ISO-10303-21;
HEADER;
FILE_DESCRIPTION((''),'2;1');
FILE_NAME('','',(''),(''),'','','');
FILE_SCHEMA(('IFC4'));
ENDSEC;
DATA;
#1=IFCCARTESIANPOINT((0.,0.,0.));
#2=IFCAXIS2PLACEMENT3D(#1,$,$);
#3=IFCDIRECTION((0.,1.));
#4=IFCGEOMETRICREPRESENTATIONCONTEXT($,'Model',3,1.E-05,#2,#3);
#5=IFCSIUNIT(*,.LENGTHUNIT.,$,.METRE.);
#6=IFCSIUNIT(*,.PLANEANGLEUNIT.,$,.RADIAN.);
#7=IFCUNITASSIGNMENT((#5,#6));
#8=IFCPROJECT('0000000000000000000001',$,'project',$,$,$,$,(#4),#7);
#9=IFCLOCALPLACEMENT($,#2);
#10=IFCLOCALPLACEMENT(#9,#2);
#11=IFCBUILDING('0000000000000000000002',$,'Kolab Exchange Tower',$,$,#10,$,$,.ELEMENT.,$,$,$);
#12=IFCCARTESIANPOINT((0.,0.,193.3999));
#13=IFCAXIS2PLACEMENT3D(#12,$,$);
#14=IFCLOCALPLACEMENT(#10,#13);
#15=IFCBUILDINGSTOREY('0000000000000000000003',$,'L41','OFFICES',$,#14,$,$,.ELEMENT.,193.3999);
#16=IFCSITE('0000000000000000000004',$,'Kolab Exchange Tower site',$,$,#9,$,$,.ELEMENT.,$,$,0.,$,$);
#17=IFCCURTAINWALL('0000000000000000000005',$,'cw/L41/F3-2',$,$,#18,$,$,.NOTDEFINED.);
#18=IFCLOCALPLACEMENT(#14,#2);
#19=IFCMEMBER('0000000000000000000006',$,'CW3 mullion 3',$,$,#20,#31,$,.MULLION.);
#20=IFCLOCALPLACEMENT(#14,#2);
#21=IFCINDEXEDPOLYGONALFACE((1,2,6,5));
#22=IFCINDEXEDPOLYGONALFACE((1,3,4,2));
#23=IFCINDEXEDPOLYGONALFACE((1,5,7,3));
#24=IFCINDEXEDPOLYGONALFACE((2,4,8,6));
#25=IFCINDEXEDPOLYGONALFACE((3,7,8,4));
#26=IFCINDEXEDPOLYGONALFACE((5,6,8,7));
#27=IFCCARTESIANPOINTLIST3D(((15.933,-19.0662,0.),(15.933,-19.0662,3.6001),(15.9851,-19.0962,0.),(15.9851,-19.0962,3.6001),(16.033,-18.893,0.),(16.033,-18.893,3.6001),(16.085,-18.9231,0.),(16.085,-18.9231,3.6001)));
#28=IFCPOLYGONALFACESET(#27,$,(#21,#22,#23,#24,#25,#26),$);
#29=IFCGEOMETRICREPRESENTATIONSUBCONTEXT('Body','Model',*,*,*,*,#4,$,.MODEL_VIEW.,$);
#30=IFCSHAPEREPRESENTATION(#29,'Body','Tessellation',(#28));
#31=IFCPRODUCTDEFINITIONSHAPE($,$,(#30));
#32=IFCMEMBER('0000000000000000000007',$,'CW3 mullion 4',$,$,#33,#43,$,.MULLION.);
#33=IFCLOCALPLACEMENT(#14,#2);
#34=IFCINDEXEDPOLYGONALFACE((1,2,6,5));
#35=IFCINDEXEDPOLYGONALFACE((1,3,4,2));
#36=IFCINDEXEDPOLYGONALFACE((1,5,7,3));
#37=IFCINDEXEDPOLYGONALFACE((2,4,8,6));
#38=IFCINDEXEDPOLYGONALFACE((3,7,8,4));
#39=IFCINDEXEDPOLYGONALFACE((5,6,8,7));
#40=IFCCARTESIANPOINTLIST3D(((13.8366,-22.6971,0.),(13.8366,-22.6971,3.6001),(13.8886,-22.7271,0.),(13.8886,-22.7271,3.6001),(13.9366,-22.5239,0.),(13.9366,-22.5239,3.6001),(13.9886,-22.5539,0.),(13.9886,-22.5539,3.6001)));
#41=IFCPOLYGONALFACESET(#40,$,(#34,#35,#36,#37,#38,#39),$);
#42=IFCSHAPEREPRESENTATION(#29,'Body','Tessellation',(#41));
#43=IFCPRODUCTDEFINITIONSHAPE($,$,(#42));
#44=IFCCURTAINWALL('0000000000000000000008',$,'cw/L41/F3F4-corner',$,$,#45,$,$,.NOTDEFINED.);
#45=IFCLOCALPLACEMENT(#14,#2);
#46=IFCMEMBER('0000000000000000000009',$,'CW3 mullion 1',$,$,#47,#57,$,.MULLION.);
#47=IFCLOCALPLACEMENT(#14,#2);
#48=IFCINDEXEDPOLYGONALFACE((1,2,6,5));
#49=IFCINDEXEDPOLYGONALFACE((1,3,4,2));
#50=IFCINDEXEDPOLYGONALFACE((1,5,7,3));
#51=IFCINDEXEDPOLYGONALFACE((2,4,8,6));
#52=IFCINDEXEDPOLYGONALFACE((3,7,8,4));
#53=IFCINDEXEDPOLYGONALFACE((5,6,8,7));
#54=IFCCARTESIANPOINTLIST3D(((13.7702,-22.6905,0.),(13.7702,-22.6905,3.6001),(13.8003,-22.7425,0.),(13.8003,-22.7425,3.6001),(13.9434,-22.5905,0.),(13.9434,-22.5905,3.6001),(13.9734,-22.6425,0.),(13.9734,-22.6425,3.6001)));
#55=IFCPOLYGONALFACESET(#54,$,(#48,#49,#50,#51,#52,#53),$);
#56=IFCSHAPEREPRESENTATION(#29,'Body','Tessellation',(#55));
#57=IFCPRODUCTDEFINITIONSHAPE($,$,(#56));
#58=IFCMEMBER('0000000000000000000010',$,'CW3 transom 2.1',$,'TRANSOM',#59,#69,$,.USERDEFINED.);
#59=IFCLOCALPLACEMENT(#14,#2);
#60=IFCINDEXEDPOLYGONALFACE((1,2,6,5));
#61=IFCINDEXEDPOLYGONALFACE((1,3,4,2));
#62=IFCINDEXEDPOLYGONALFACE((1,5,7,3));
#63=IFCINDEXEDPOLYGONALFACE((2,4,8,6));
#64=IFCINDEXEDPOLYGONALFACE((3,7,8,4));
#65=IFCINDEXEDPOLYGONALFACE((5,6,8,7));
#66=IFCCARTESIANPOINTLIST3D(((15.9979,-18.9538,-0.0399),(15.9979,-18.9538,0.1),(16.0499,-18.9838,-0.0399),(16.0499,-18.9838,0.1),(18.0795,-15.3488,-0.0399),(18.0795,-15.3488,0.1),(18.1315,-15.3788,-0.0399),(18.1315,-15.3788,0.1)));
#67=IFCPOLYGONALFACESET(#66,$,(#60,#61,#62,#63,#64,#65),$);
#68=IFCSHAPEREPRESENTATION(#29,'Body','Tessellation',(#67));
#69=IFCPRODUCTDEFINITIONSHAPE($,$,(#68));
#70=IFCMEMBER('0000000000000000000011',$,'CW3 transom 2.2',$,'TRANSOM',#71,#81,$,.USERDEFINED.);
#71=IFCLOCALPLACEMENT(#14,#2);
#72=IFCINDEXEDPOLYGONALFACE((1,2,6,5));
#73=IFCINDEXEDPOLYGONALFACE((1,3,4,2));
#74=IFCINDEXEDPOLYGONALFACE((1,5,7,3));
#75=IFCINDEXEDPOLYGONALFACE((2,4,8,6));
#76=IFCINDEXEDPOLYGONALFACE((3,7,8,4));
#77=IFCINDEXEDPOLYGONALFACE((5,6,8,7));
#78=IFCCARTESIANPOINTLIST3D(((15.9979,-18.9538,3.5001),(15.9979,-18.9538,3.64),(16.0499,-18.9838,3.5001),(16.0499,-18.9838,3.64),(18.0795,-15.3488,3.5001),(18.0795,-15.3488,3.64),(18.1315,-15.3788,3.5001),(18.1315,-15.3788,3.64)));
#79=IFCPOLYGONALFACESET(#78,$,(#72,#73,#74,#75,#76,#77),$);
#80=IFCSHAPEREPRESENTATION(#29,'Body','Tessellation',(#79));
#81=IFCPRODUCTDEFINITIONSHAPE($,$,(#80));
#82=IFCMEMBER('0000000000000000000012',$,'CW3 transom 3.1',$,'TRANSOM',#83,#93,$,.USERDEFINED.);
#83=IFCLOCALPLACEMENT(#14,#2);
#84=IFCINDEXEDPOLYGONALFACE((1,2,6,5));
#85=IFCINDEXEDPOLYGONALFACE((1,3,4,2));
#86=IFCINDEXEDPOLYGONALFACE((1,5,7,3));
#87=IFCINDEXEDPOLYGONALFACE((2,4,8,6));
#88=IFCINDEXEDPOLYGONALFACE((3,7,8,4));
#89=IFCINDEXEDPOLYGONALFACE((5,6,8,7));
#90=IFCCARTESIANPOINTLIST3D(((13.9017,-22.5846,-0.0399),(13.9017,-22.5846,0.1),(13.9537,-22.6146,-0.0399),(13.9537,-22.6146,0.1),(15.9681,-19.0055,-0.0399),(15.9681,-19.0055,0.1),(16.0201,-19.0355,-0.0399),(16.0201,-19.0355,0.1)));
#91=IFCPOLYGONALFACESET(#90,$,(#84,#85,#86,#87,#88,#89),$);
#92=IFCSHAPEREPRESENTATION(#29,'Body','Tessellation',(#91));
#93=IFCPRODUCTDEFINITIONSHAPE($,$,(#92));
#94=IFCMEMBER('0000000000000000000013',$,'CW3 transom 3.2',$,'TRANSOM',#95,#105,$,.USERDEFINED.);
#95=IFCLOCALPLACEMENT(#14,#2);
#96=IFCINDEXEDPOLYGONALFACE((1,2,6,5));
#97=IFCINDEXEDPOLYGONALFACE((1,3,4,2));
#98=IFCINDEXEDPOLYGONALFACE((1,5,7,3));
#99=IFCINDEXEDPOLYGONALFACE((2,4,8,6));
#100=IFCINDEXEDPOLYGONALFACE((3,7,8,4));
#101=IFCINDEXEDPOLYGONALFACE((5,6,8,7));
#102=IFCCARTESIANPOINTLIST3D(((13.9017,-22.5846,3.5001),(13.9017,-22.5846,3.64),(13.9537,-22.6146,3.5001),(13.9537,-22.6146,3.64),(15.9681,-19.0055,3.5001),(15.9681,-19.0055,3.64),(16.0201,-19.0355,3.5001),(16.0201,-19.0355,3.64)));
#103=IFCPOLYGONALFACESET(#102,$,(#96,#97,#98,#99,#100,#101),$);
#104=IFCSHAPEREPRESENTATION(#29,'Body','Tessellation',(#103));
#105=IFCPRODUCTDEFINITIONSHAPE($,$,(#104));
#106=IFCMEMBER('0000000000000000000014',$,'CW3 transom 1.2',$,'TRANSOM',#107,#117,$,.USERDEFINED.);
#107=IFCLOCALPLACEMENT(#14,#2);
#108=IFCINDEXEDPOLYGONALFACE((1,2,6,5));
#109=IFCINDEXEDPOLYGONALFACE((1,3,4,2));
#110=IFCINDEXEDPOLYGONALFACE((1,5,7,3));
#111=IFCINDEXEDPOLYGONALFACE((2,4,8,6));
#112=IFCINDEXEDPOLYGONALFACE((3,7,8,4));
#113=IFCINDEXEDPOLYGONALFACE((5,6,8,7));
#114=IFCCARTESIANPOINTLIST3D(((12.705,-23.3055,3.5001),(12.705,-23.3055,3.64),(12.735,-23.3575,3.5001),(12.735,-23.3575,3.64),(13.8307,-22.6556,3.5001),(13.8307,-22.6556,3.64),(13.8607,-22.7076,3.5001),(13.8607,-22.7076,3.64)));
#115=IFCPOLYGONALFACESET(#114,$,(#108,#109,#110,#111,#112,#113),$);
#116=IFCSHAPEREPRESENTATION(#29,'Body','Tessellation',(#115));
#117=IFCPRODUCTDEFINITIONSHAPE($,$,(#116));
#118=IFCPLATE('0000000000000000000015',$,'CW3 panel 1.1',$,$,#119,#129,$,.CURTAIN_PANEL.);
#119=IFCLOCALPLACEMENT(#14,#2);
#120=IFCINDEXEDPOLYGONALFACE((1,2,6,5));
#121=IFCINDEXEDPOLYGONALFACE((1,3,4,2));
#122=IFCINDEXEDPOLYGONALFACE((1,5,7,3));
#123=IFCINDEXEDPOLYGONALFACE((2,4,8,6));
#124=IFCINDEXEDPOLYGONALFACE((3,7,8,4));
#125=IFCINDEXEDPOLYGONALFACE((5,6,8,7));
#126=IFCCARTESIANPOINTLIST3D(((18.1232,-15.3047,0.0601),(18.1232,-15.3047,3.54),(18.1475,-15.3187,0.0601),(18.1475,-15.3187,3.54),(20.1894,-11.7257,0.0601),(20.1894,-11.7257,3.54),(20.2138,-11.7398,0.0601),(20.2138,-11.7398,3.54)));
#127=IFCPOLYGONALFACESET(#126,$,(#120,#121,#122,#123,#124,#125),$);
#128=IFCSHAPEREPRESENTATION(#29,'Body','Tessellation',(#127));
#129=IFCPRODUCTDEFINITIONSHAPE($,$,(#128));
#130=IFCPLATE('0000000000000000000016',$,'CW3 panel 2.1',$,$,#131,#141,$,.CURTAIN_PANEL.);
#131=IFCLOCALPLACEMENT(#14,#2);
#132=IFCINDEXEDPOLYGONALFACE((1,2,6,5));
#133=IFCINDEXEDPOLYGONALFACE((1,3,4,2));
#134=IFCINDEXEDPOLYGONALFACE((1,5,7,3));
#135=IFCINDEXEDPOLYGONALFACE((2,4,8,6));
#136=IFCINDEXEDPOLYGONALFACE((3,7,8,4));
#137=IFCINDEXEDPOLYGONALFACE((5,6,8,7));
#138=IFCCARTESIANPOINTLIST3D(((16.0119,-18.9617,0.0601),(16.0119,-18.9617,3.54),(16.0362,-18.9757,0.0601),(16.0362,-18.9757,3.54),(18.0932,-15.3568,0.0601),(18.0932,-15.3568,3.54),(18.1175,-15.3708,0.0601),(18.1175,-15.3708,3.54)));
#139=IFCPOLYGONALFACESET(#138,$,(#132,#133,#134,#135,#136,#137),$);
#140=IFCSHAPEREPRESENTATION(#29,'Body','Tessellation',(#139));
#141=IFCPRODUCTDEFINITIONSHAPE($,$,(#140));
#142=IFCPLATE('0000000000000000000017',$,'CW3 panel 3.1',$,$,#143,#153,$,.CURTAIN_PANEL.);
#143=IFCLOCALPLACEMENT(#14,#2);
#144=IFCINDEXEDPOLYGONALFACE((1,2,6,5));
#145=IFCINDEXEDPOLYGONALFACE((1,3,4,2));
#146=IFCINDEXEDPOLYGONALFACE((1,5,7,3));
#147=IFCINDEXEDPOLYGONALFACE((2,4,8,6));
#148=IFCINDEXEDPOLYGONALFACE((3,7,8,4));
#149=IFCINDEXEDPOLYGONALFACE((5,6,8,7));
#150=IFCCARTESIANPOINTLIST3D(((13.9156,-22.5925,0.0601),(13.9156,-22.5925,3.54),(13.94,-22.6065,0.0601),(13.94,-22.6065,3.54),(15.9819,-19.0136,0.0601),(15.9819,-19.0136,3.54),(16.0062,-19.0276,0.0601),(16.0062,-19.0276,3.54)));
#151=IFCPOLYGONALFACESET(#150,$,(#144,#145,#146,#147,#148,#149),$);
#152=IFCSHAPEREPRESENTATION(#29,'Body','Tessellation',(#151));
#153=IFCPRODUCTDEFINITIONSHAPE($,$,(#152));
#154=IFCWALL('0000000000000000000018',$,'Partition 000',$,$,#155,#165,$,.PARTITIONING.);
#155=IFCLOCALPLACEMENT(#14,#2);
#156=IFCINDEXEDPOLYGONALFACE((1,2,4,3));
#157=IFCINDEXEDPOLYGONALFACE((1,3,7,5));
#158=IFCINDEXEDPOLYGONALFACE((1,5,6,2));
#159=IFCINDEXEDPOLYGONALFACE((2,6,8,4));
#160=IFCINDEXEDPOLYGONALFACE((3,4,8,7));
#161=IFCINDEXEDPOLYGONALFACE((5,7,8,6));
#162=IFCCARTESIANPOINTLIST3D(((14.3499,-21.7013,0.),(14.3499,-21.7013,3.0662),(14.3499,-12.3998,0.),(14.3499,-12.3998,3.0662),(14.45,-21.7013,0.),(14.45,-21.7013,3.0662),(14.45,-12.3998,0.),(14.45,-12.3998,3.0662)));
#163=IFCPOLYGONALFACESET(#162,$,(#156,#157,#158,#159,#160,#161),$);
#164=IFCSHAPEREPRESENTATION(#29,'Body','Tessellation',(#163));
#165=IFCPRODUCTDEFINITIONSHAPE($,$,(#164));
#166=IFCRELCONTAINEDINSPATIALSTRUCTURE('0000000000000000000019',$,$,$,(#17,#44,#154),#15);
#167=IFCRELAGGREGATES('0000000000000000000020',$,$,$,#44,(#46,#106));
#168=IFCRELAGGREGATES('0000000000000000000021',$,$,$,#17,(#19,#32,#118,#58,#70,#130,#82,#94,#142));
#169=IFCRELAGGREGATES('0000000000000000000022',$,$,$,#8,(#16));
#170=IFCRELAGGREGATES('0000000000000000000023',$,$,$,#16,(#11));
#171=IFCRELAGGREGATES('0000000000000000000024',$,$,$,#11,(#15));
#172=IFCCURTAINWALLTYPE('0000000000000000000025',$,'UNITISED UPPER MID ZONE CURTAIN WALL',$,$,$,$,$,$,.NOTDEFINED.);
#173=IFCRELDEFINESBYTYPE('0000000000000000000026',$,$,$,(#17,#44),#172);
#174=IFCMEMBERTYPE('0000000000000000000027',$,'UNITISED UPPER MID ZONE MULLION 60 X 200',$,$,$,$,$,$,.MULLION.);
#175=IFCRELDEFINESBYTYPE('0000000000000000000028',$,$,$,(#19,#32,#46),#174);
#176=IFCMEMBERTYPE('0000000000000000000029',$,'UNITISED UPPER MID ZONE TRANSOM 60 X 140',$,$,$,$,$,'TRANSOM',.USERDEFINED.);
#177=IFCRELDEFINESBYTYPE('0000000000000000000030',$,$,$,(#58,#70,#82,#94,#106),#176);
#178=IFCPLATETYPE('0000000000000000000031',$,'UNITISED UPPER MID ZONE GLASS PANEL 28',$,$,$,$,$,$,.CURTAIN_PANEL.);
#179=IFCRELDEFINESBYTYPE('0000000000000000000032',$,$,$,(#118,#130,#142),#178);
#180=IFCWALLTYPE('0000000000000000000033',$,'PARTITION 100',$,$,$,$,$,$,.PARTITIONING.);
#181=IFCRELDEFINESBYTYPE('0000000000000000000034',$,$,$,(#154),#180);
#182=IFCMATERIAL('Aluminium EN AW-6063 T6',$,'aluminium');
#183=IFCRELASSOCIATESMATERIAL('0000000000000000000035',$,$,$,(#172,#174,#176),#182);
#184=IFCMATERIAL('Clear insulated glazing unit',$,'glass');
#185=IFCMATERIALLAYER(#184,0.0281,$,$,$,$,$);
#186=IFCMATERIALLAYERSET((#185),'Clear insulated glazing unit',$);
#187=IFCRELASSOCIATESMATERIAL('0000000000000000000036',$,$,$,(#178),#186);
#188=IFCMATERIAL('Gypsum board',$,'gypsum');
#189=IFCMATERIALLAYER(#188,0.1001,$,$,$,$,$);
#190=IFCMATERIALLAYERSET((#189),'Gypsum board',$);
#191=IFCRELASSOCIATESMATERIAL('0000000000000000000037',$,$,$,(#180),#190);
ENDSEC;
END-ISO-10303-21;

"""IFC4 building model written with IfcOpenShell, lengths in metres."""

from ifc_helpers import new_model, si_unit, direction, frame, frame_2d, origin, origin_2d, place, context, subcontext, project, spatial, rectangle, extrude, material, layer, layer_set, material_profile, profile_set, type_object, element, aggregate, save


model = new_model("IFC4")

# Units and contexts
model_context = context("Model", 3, precision=1e-05, world=origin(), true_north=direction((0.0, 1.0)))
body_context = subcontext(model_context, "Body", "Model", "MODEL_VIEW")
ifc_project = project(units=[si_unit("LENGTHUNIT", "METRE"), si_unit("PLANEANGLEUNIT", "RADIAN")], contexts=[model_context])

# Site, building, storey
site_placement = place(None, origin())
site = spatial("IfcSite", under=ifc_project, at=site_placement, Name="Kolab Exchange Tower site", CompositionType="ELEMENT", RefElevation=0.0)
building_placement = place(site_placement, origin())
building = spatial("IfcBuilding", under=site, at=building_placement, Name="Kolab Exchange Tower", CompositionType="ELEMENT")
storey_placement = place(building_placement, frame((0.0, 0.0, 193.3999)))
storey = spatial("IfcBuildingStorey", under=building, at=storey_placement, Name="L41", Description="OFFICES", CompositionType="ELEMENT", Elevation=193.3999)

# Curtain wall, members
ifc_material_1 = material(Name="Aluminium EN AW-6063 T6", Category="aluminium")
curtain_wall_type = type_object("IfcCurtainWallType", Name="UNITISED UPPER MID ZONE CURTAIN WALL", PredefinedType="NOTDEFINED", material=ifc_material_1)
curtain_wall_1_placement = place(storey_placement, origin())
curtain_wall_1 = element("IfcCurtainWall", 1, at=curtain_wall_1_placement, inside=storey, type_object=curtain_wall_type, Name="cw/L41/F3-2", PredefinedType="NOTDEFINED")
ifc_material_profile_1 = material_profile(ifc_material_1, rectangle(XDim=0.0601, YDim=0.2, at=origin_2d()), Name="RECT 60X200")
ifc_profile_set_1 = profile_set([ifc_material_profile_1], Name="Aluminium EN AW-6063 T6")
member_type_1 = type_object("IfcMemberType", Name="UNITISED UPPER MID ZONE MULLION 60 X 200", PredefinedType="MULLION", material=ifc_profile_set_1)
member_1_placement = place(storey_placement, frame((16.009, -18.9946, 0.0), z_axis=(0.0, 0.0, 1.0), x_axis=(0.866025, -0.5, 0.0)))
member_1 = element("IfcMember", 2, at=member_1_placement, type_object=member_type_1, Name="CW3 mullion 3", PredefinedType="MULLION", context=body_context, shape_type="SweptSolid", body=[
    extrude(rectangle(XDim=0.0601, YDim=0.2, at=origin_2d()), origin(), (0.0, 0.0, 1.0), 3.6001),
])
member_2_placement = place(storey_placement, frame((13.9126, -22.6255, 0.0), z_axis=(0.0, 0.0, 1.0), x_axis=(0.866025, -0.5, 0.0)))
member_2 = element("IfcMember", 3, at=member_2_placement, type_object=member_type_1, Name="CW3 mullion 4", PredefinedType="MULLION", context=body_context, shape_type="SweptSolid", body=[
    extrude(rectangle(XDim=0.0601, YDim=0.2, at=origin_2d()), origin(), (0.0, 0.0, 1.0), 3.6001),
])

# Curtain wall, member
curtain_wall_2_placement = place(storey_placement, origin())
curtain_wall_2 = element("IfcCurtainWall", 4, at=curtain_wall_2_placement, inside=storey, type_object=curtain_wall_type, Name="cw/L41/F3F4-corner", PredefinedType="NOTDEFINED")
member_3_placement = place(storey_placement, frame((13.8718, -22.6665, 0.0), z_axis=(0.0, 0.0, 1.0), x_axis=(0.5, -0.866025, 0.0)))
member_3 = element("IfcMember", 5, at=member_3_placement, type_object=member_type_1, Name="CW3 mullion 1", PredefinedType="MULLION", context=body_context, shape_type="SweptSolid", body=[
    extrude(rectangle(XDim=0.0601, YDim=0.2, at=origin_2d()), origin(), (0.0, 0.0, 1.0), 3.6001),
])

# Members
ifc_material_profile_2 = material_profile(ifc_material_1, rectangle(XDim=0.0601, YDim=0.1399, at=origin_2d()), Name="RECT 60X140")
ifc_profile_set_2 = profile_set([ifc_material_profile_2], Name="Aluminium EN AW-6063 T6")
member_type_2 = type_object("IfcMemberType", Name="UNITISED UPPER MID ZONE TRANSOM 60 X 140", ElementType="TRANSOM", PredefinedType="USERDEFINED", material=ifc_profile_set_2)
member_4_placement = place(storey_placement, frame((18.1055, -15.3638, 0.03), z_axis=(-0.500037, -0.866004, 0.0), x_axis=(0.866004, -0.500037, 0.0)))
member_4 = element("IfcMember", 6, at=member_4_placement, type_object=member_type_2, Name="CW3 transom 2.1", ObjectType="TRANSOM", PredefinedType="USERDEFINED", context=body_context, shape_type="SweptSolid", body=[
    extrude(rectangle(XDim=0.0601, YDim=0.1399, at=origin_2d()), origin(), (0.0, 0.0, 1.0), 4.1628),
])
member_5_placement = place(storey_placement, frame((18.1055, -15.3638, 3.5701), z_axis=(-0.500037, -0.866004, 0.0), x_axis=(0.866004, -0.500037, 0.0)))
member_5 = element("IfcMember", 7, at=member_5_placement, type_object=member_type_2, Name="CW3 transom 2.2", ObjectType="TRANSOM", PredefinedType="USERDEFINED", context=body_context, shape_type="SweptSolid", body=[
    extrude(rectangle(XDim=0.0601, YDim=0.1399, at=origin_2d()), origin(), (0.0, 0.0, 1.0), 4.1628),
])
member_6_placement = place(storey_placement, frame((15.9941, -19.0205, 0.03), z_axis=(-0.500002, -0.866024, 0.0), x_axis=(0.866024, -0.500002, 0.0)))
member_6 = element("IfcMember", 8, at=member_6_placement, type_object=member_type_2, Name="CW3 transom 3.1", ObjectType="TRANSOM", PredefinedType="USERDEFINED", context=body_context, shape_type="SweptSolid", body=[
    extrude(rectangle(XDim=0.0601, YDim=0.1399, at=origin_2d()), origin(), (0.0, 0.0, 1.0), 4.1328),
])
member_7_placement = place(storey_placement, frame((15.9941, -19.0205, 3.5701), z_axis=(-0.500002, -0.866024, 0.0), x_axis=(0.866024, -0.500002, 0.0)))
member_7 = element("IfcMember", 9, at=member_7_placement, type_object=member_type_2, Name="CW3 transom 3.2", ObjectType="TRANSOM", PredefinedType="USERDEFINED", context=body_context, shape_type="SweptSolid", body=[
    extrude(rectangle(XDim=0.0601, YDim=0.1399, at=origin_2d()), origin(), (0.0, 0.0, 1.0), 4.1328),
])
member_8_placement = place(storey_placement, frame((13.8457, -22.6816, 3.5701), z_axis=(-0.866039, -0.499977, 0.0), x_axis=(0.499977, -0.866039, 0.0)))
member_8 = element("IfcMember", 10, at=member_8_placement, type_object=member_type_2, Name="CW3 transom 1.2", ObjectType="TRANSOM", PredefinedType="USERDEFINED", context=body_context, shape_type="SweptSolid", body=[
    extrude(rectangle(XDim=0.0601, YDim=0.1399, at=origin_2d()), origin(), (0.0, 0.0, 1.0), 1.2998),
])
aggregate(curtain_wall_2, [member_3, member_8])

# Plates
ifc_material_2 = material(Name="Clear insulated glazing unit", Category="glass")
ifc_layer_1 = layer(ifc_material_2, 0.0281)
ifc_layer_set_1 = layer_set([ifc_layer_1], Name="Clear insulated glazing unit")
plate_type = type_object("IfcPlateType", Name="UNITISED UPPER MID ZONE GLASS PANEL 28", PredefinedType="CURTAIN_PANEL", material=ifc_layer_set_1)
plate_1_placement = place(storey_placement, frame((19.1685, -13.5222, 0.0601), z_axis=(0.0, 0.0, 1.0), x_axis=(-0.5, -0.866025, 0.0)))
plate_1 = element("IfcPlate", 11, at=plate_1_placement, type_object=plate_type, Name="CW3 panel 1.1", PredefinedType="CURTAIN_PANEL", context=body_context, shape_type="SweptSolid", body=[
    extrude(rectangle(XDim=4.1326, YDim=0.0281, at=origin_2d()), origin(), (0.0, 0.0, 1.0), 3.48),
])
plate_2_placement = place(storey_placement, frame((17.0647, -17.1663, 0.0601), z_axis=(0.0, 0.0, 1.0), x_axis=(-0.5, -0.866025, 0.0)))
plate_2 = element("IfcPlate", 12, at=plate_2_placement, type_object=plate_type, Name="CW3 panel 2.1", PredefinedType="CURTAIN_PANEL", context=body_context, shape_type="SweptSolid", body=[
    extrude(rectangle(XDim=4.1626, YDim=0.0281, at=origin_2d()), origin(), (0.0, 0.0, 1.0), 3.48),
])
plate_3_placement = place(storey_placement, frame((14.9609, -20.8101, 0.0601), z_axis=(0.0, 0.0, 1.0), x_axis=(-0.5, -0.866025, 0.0)))
plate_3 = element("IfcPlate", 13, at=plate_3_placement, type_object=plate_type, Name="CW3 panel 3.1", PredefinedType="CURTAIN_PANEL", context=body_context, shape_type="SweptSolid", body=[
    extrude(rectangle(XDim=4.1326, YDim=0.0281, at=origin_2d()), origin(), (0.0, 0.0, 1.0), 3.48),
])
aggregate(curtain_wall_1, [member_1, member_2, plate_1, member_4, member_5, plate_2, member_6, member_7, plate_3])

# Wall
ifc_material_3 = material(Name="Gypsum board", Category="gypsum")
ifc_layer_2 = layer(ifc_material_3, 0.1001)
ifc_layer_set_2 = layer_set([ifc_layer_2], Name="Gypsum board")
wall_type = type_object("IfcWallType", Name="PARTITION 100", PredefinedType="PARTITIONING", material=ifc_layer_set_2)
wall_placement = place(storey_placement, frame((14.3999, -21.7014, 0.0), z_axis=(0.0, 0.0, 1.0), x_axis=(0.0, 1.0, 0.0)))
element("IfcWall", 14, at=wall_placement, inside=storey, type_object=wall_type, Name="Partition 000", PredefinedType="PARTITIONING", context=body_context, shape_type="SweptSolid", body=[
    extrude(rectangle(XDim=9.3015, YDim=0.1001, at=frame_2d((4.6509, 0.0))), origin(), (0.0, 0.0, 1.0), 3.0662),
])

save(model, "model.ifc")
